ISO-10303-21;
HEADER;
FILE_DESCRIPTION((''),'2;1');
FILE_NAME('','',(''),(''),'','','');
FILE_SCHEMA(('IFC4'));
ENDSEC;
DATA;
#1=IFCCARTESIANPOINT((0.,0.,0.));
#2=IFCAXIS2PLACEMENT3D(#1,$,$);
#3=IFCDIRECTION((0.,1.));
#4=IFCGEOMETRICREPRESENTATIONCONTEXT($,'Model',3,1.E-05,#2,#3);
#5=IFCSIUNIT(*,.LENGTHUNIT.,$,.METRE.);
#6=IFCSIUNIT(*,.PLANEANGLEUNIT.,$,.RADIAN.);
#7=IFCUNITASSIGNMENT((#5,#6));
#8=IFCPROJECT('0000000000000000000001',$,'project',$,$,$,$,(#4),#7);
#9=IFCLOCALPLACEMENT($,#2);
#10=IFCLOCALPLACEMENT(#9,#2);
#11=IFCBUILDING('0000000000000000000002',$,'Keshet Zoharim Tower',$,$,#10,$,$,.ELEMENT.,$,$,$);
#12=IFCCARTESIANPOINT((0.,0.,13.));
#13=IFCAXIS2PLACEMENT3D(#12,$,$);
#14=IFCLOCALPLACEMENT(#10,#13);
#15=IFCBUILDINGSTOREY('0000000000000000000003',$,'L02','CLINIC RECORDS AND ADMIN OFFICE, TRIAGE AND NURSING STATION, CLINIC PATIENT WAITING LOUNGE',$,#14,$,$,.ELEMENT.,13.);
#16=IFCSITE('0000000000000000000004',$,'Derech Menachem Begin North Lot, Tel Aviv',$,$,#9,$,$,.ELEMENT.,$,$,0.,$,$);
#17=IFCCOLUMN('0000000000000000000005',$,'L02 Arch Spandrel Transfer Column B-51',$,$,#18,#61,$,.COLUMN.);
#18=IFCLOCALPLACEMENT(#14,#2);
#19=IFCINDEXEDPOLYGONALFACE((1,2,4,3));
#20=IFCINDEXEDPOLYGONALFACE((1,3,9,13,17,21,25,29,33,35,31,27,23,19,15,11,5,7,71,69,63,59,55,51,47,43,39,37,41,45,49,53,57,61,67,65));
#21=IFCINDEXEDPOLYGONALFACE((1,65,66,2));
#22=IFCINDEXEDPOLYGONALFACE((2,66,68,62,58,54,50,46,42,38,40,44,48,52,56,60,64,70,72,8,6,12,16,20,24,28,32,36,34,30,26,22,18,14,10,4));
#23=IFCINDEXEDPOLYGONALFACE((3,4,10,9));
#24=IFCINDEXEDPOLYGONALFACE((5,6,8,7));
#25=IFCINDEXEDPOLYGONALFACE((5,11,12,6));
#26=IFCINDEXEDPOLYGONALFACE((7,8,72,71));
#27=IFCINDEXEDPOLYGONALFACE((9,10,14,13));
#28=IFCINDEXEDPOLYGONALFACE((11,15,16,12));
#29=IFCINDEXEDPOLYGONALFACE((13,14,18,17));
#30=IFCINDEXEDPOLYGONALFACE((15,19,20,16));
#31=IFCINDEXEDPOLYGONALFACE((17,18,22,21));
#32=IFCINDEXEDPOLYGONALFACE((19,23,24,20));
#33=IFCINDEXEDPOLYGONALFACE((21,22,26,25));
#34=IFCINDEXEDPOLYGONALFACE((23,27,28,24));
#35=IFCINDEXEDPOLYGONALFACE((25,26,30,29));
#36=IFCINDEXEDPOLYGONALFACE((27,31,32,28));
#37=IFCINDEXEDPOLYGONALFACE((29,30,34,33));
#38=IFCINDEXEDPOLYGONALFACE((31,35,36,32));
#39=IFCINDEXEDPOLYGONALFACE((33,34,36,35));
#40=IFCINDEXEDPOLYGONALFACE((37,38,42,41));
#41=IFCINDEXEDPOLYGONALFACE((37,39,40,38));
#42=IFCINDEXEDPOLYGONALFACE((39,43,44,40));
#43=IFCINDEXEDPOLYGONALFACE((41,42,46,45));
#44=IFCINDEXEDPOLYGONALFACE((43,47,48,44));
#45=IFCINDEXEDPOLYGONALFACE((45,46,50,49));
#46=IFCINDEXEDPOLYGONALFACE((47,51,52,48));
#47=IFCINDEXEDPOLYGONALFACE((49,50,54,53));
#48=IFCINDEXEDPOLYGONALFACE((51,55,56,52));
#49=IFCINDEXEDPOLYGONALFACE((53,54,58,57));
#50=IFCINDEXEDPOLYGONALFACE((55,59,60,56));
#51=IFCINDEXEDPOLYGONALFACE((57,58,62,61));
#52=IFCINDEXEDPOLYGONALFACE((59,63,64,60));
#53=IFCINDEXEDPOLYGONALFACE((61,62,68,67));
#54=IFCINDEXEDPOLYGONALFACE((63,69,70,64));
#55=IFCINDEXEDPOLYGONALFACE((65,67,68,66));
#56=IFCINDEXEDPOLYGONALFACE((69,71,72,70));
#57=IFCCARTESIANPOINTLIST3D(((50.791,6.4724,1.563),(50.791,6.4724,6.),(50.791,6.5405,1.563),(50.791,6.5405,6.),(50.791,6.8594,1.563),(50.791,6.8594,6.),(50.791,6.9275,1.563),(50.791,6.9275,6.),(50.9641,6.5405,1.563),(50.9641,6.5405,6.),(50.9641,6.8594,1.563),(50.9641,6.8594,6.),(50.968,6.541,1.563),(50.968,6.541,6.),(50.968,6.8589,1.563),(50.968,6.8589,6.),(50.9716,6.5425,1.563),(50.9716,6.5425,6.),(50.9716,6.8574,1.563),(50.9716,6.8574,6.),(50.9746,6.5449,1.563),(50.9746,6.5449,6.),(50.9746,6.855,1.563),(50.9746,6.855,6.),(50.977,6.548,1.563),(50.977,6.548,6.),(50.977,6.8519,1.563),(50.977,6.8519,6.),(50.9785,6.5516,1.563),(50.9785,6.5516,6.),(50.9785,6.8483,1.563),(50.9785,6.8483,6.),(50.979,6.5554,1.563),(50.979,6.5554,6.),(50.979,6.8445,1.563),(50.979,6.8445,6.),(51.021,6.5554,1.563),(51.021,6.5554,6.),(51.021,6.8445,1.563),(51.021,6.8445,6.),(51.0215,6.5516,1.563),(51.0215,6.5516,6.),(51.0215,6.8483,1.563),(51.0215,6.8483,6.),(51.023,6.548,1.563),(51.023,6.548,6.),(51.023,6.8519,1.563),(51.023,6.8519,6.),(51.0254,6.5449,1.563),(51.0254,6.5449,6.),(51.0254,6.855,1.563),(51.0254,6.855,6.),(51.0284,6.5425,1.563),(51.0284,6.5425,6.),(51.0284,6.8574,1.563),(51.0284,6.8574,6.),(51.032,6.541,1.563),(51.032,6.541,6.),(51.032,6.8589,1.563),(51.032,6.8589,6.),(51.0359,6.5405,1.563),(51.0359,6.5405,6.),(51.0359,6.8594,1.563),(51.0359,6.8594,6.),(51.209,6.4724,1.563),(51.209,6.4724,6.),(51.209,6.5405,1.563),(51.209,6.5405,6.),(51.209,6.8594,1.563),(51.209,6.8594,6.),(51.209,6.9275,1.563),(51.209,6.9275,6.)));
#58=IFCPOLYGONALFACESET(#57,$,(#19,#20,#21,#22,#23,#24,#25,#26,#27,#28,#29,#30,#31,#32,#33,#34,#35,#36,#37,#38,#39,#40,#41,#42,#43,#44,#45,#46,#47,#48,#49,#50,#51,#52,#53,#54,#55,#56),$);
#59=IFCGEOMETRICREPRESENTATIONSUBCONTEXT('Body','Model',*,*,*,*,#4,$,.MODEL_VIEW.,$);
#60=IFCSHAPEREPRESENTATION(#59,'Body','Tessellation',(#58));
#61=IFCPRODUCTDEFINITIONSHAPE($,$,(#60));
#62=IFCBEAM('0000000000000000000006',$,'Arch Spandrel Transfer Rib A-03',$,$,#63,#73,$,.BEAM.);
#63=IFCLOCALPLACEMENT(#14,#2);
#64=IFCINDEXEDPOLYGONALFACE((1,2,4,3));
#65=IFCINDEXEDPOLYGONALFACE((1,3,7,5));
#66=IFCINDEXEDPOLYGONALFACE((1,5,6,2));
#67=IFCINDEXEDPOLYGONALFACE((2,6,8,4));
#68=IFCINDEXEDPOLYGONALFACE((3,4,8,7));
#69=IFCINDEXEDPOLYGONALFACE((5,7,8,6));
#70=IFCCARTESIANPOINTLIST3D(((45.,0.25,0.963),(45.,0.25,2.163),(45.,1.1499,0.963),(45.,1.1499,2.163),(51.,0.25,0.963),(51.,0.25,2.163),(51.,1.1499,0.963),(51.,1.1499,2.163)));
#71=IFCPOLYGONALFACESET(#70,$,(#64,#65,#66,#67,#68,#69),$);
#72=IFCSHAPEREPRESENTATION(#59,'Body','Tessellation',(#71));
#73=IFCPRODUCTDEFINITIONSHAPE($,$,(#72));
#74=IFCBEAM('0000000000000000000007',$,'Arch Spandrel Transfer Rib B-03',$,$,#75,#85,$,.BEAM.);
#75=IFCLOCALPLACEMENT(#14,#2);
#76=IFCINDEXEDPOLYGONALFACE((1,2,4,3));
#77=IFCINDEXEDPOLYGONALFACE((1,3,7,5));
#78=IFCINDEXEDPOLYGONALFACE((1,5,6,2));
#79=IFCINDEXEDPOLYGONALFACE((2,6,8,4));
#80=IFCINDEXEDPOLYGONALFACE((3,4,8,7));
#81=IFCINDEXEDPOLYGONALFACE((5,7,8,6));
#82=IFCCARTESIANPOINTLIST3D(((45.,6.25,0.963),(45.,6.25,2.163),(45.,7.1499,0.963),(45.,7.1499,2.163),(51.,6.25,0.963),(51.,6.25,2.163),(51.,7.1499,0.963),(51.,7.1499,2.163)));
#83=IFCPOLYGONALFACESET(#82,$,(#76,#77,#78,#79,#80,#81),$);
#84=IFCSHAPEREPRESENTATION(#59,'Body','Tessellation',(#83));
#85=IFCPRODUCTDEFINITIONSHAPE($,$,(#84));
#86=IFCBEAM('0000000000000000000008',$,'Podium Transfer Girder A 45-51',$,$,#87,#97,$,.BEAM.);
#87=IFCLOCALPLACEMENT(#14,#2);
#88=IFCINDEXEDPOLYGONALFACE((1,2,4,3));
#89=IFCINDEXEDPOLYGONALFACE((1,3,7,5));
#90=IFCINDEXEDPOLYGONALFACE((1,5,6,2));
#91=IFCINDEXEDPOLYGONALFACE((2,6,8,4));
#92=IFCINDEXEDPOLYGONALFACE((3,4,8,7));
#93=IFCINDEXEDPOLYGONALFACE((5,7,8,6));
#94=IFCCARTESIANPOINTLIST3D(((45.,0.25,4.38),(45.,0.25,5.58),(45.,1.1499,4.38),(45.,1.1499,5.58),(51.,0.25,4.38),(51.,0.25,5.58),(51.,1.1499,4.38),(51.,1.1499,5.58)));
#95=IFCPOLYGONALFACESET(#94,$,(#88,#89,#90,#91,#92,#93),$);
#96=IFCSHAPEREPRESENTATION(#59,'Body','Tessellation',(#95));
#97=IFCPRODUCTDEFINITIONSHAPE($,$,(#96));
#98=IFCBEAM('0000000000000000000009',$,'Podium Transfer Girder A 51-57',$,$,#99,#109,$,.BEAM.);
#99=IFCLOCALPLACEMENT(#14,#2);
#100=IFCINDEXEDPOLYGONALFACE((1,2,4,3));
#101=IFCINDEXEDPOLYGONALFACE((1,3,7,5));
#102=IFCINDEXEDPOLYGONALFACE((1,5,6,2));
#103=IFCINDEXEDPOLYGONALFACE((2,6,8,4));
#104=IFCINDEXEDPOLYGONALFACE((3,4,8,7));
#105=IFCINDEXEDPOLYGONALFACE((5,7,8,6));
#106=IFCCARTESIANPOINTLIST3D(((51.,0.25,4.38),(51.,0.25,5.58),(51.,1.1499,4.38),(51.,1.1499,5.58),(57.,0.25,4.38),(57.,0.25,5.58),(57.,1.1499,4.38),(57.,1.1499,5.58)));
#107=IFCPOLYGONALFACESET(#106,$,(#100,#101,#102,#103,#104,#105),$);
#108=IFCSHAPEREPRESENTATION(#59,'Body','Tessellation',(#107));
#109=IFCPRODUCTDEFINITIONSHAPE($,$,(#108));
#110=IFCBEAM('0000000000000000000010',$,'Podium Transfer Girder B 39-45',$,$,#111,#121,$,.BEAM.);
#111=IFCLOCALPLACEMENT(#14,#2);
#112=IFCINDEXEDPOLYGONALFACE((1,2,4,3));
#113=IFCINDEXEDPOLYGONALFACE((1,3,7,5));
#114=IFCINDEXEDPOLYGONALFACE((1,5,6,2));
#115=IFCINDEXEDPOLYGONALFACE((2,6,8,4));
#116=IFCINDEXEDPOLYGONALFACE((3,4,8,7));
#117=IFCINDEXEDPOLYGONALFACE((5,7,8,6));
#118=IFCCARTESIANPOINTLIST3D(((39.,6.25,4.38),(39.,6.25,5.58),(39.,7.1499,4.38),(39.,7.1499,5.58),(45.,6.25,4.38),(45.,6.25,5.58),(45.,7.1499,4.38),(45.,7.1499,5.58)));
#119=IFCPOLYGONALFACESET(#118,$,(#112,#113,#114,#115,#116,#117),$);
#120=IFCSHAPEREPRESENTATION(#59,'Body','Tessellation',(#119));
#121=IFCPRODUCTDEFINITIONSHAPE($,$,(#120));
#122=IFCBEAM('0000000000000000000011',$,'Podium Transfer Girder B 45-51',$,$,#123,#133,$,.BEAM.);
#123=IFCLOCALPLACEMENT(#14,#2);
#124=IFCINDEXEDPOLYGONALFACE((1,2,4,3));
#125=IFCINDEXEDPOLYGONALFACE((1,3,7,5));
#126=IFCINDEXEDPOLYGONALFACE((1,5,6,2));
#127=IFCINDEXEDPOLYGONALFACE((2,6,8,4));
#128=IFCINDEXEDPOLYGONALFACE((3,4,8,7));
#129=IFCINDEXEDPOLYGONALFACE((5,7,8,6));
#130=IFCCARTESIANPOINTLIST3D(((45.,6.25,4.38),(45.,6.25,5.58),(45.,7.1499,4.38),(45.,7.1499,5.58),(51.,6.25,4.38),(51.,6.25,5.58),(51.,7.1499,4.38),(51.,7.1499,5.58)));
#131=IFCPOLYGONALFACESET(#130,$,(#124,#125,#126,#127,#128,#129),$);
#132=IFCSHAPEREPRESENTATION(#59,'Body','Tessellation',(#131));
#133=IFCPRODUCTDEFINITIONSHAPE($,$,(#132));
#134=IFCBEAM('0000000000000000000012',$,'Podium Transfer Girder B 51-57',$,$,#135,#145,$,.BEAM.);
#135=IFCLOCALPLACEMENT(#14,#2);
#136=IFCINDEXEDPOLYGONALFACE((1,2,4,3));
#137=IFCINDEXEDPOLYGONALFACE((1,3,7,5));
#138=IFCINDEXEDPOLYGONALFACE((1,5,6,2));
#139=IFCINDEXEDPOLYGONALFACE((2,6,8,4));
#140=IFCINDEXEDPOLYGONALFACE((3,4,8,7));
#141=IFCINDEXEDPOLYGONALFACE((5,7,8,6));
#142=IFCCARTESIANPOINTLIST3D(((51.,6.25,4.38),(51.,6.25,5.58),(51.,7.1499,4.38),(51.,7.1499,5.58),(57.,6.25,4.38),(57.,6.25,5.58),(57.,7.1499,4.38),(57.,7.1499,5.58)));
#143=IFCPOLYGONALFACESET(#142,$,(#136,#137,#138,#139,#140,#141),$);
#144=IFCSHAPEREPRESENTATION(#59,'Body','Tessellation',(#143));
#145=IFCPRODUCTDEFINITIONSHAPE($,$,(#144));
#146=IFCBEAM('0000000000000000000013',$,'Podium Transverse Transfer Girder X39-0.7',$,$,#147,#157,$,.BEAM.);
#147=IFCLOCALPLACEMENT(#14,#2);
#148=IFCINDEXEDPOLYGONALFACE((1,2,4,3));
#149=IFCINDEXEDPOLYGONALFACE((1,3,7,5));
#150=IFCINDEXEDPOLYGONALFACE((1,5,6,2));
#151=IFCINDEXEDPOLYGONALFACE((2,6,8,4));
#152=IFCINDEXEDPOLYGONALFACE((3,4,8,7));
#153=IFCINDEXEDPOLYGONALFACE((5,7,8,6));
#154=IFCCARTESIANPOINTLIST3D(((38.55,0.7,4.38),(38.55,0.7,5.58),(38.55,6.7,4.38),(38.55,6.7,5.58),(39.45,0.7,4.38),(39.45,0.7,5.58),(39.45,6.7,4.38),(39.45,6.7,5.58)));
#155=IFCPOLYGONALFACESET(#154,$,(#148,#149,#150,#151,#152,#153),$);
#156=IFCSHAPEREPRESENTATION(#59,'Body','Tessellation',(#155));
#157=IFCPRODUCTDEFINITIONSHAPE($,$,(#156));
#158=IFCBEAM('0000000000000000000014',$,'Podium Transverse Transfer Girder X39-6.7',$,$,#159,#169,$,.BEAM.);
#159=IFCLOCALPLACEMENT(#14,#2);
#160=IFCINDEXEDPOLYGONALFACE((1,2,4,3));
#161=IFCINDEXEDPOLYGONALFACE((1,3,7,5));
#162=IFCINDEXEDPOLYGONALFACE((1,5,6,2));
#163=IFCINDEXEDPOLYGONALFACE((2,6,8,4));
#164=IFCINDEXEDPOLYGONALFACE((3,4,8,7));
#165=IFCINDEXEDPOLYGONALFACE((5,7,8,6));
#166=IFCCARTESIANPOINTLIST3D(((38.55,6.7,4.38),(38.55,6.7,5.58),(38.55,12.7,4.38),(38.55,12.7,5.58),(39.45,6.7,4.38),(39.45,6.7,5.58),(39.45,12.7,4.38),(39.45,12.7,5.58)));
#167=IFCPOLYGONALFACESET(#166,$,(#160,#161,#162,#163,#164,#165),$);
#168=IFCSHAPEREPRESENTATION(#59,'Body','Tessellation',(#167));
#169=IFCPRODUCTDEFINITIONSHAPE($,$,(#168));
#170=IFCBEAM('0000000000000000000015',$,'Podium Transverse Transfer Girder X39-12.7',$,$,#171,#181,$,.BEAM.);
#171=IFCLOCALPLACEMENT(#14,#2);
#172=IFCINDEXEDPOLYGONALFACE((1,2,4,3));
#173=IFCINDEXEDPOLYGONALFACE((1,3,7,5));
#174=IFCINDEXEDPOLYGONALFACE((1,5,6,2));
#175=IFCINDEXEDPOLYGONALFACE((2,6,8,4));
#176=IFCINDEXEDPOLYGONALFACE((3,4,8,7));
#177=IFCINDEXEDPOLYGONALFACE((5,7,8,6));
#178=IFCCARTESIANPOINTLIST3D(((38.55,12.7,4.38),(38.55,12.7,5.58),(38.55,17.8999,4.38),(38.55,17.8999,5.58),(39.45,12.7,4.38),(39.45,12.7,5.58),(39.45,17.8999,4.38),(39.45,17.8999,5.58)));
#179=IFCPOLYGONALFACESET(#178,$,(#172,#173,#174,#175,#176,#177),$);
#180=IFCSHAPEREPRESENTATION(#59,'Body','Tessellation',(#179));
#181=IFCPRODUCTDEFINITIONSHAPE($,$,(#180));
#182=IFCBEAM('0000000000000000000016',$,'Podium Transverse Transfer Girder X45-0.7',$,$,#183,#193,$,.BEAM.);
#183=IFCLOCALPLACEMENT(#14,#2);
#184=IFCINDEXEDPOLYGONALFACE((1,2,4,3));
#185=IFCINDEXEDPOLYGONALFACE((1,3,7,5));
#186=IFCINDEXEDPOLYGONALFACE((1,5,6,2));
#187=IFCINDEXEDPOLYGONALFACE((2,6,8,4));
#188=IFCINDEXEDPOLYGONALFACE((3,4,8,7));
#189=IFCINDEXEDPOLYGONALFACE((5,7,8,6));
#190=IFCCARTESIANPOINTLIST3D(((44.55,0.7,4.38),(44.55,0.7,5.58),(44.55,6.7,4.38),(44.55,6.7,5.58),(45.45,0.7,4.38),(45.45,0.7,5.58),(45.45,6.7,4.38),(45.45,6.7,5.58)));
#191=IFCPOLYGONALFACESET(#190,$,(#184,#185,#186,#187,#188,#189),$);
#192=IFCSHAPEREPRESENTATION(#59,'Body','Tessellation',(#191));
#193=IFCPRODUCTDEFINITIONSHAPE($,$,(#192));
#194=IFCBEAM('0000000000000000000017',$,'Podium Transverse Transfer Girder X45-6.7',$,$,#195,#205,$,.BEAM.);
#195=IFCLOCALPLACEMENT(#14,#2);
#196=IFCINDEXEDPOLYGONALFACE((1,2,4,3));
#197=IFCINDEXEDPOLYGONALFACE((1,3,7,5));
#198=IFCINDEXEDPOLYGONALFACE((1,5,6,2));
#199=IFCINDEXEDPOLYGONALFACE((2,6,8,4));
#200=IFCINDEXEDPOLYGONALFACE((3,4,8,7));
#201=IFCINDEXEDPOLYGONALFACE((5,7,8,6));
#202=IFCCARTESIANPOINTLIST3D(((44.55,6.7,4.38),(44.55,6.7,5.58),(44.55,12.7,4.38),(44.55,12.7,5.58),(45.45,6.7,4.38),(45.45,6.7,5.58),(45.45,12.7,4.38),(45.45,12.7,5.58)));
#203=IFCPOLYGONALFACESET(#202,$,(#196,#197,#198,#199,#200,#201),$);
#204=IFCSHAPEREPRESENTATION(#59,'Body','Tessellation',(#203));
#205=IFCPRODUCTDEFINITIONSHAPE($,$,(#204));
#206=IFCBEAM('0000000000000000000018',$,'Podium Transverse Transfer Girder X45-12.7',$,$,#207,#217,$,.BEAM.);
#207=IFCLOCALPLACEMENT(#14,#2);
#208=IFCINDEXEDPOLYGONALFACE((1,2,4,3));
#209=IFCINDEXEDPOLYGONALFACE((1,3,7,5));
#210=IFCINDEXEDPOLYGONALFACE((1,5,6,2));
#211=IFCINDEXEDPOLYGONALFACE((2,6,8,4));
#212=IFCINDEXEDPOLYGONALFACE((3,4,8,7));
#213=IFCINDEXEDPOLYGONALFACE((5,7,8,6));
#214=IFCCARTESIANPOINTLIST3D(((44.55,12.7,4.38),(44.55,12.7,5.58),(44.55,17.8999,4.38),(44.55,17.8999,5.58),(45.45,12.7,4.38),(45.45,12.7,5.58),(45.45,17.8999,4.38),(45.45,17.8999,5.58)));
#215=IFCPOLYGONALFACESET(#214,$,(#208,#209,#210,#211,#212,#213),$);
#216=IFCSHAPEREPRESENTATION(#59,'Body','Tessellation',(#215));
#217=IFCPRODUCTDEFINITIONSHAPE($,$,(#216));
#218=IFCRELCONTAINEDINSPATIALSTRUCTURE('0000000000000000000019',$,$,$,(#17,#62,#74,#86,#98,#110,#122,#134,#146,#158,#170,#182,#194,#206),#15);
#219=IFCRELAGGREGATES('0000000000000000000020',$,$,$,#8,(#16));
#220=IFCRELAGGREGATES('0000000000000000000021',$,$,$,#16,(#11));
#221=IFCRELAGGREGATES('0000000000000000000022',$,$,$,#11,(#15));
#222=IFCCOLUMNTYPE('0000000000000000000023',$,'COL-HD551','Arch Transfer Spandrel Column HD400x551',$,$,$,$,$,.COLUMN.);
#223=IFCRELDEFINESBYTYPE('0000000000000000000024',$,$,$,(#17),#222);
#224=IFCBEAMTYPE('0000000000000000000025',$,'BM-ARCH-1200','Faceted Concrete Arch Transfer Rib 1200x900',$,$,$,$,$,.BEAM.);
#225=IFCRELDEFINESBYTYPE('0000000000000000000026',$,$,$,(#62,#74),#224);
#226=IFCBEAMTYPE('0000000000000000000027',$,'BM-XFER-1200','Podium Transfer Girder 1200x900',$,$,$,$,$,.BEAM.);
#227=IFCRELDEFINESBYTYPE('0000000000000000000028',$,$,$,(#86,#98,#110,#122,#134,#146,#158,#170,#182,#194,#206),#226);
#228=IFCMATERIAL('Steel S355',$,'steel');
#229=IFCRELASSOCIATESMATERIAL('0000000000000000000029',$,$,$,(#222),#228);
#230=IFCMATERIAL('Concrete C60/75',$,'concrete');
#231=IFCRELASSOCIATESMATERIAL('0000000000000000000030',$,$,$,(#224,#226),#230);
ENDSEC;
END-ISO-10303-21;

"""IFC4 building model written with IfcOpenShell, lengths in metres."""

from ifc_helpers import new_model, si_unit, direction, frame, origin, origin_2d, place, context, subcontext, project, spatial, rectangle, i_section, extrude, material, material_profile, profile_set, type_object, element, save


model = new_model("IFC4")

# Units and contexts
model_context = context("Model", 3, precision=1e-05, world=origin(), true_north=direction((0.0, 1.0)))
body_context = subcontext(model_context, "Body", "Model", "MODEL_VIEW")
ifc_project = project(units=[si_unit("LENGTHUNIT", "METRE"), si_unit("PLANEANGLEUNIT", "RADIAN")], contexts=[model_context])

# Site, building, storey
site_placement = place(None, origin())
site = spatial("IfcSite", under=ifc_project, at=site_placement, Name="Derech Menachem Begin North Lot, Tel Aviv", CompositionType="ELEMENT", RefElevation=0.0)
building_placement = place(site_placement, origin())
building = spatial("IfcBuilding", under=site, at=building_placement, Name="Keshet Zoharim Tower", CompositionType="ELEMENT")
storey_placement = place(building_placement, frame((0.0, 0.0, 13.0)))
storey = spatial("IfcBuildingStorey", under=building, at=storey_placement, Name="L02", Description="CLINIC RECORDS AND ADMIN OFFICE, TRIAGE AND NURSING STATION, CLINIC PATIENT WAITING LOUNGE", CompositionType="ELEMENT", Elevation=13.0)

# Column
ifc_material_1 = material(Name="Steel S355", Category="steel")
ifc_material_profile_1 = material_profile(ifc_material_1, i_section(OverallWidth=0.418, OverallDepth=0.4551, WebThickness=0.042, FlangeThickness=0.0681, FilletRadius=0.0149, at=origin_2d()), Name="HD400x551")
ifc_profile_set_1 = profile_set([ifc_material_profile_1], Name="Steel S355")
column_type = type_object("IfcColumnType", Name="COL-HD551", Description="Arch Transfer Spandrel Column HD400x551", PredefinedType="COLUMN", material=ifc_profile_set_1)
for number, where, z_axis, x_axis, name in (
    (1, (51.0, 6.7, 1.563), (0.0, 0.0, 1.0), (1.0, 0.0, 0.0), "L02 Arch Spandrel Transfer Column B-51"),
):
    element("IfcColumn", number, at=place(storey_placement, frame(where, z_axis=z_axis, x_axis=x_axis)), inside=storey, type_object=column_type, Name=name, PredefinedType="COLUMN", context=body_context, shape_type="SweptSolid", body=[
        extrude(i_section(OverallWidth=0.418, OverallDepth=0.4551, WebThickness=0.042, FlangeThickness=0.0681, FilletRadius=0.0149, at=origin_2d()), origin(), (0.0, 0.0, 1.0), 4.437),
    ])

# Beams
ifc_material_2 = material(Name="Concrete C60/75", Category="concrete")
ifc_material_profile_2 = material_profile(ifc_material_2, rectangle(XDim=0.8999, YDim=1.2, at=origin_2d()), Name="RC1200x900")
ifc_profile_set_2 = profile_set([ifc_material_profile_2], Name="Concrete C60/75")
beam_type_1 = type_object("IfcBeamType", Name="BM-ARCH-1200", Description="Faceted Concrete Arch Transfer Rib 1200x900", PredefinedType="BEAM", material=ifc_profile_set_2)
for number, where, z_axis, x_axis, name in (
    (2, (45.0, 0.7, 1.563), (1.0, 0.0, 0.0), (0.0, 1.0, 0.0), "Arch Spandrel Transfer Rib A-03"),
    (3, (45.0, 6.7, 1.563), (1.0, 0.0, 0.0), (0.0, 1.0, 0.0), "Arch Spandrel Transfer Rib B-03"),
):
    element("IfcBeam", number, at=place(storey_placement, frame(where, z_axis=z_axis, x_axis=x_axis)), inside=storey, type_object=beam_type_1, Name=name, PredefinedType="BEAM", context=body_context, shape_type="SweptSolid", body=[
        extrude(rectangle(XDim=0.8999, YDim=1.2, at=origin_2d()), origin(), (0.0, 0.0, 1.0), 6.0),
    ])
ifc_material_profile_3 = material_profile(ifc_material_2, rectangle(XDim=0.8999, YDim=1.2, at=origin_2d()), Name="RC1200x900")
ifc_profile_set_3 = profile_set([ifc_material_profile_3], Name="Concrete C60/75")
beam_type_2 = type_object("IfcBeamType", Name="BM-XFER-1200", Description="Podium Transfer Girder 1200x900", PredefinedType="BEAM", material=ifc_profile_set_3)
for number, where, z_axis, x_axis, name in (
    (4, (45.0, 0.7, 4.98), (1.0, 0.0, 0.0), (0.0, 1.0, 0.0), "Podium Transfer Girder A 45-51"),
    (5, (51.0, 0.7, 4.98), (1.0, 0.0, 0.0), (0.0, 1.0, 0.0), "Podium Transfer Girder A 51-57"),
    (6, (39.0, 6.7, 4.98), (1.0, 0.0, 0.0), (0.0, 1.0, 0.0), "Podium Transfer Girder B 39-45"),
    (7, (45.0, 6.7, 4.98), (1.0, 0.0, 0.0), (0.0, 1.0, 0.0), "Podium Transfer Girder B 45-51"),
    (8, (51.0, 6.7, 4.98), (1.0, 0.0, 0.0), (0.0, 1.0, 0.0), "Podium Transfer Girder B 51-57"),
    (9, (39.0, 0.7, 4.98), (0.0, 1.0, 0.0), (-1.0, 0.0, 0.0), "Podium Transverse Transfer Girder X39-0.7"),
    (10, (39.0, 6.7, 4.98), (0.0, 1.0, 0.0), (-1.0, 0.0, 0.0), "Podium Transverse Transfer Girder X39-6.7"),
):
    element("IfcBeam", number, at=place(storey_placement, frame(where, z_axis=z_axis, x_axis=x_axis)), inside=storey, type_object=beam_type_2, Name=name, PredefinedType="BEAM", context=body_context, shape_type="SweptSolid", body=[
        extrude(rectangle(XDim=0.8999, YDim=1.2, at=origin_2d()), origin(), (0.0, 0.0, 1.0), 6.0),
    ])
beam_1_placement = place(storey_placement, frame((39.0, 12.7, 4.98), z_axis=(0.0, 1.0, 0.0), x_axis=(-1.0, 0.0, 0.0)))
element("IfcBeam", 11, at=beam_1_placement, inside=storey, type_object=beam_type_2, Name="Podium Transverse Transfer Girder X39-12.7", PredefinedType="BEAM", context=body_context, shape_type="SweptSolid", body=[
    extrude(rectangle(XDim=0.8999, YDim=1.2, at=origin_2d()), origin(), (0.0, 0.0, 1.0), 5.2),
])
for number, where, z_axis, x_axis, name in (
    (12, (45.0, 0.7, 4.98), (0.0, 1.0, 0.0), (-1.0, 0.0, 0.0), "Podium Transverse Transfer Girder X45-0.7"),
    (13, (45.0, 6.7, 4.98), (0.0, 1.0, 0.0), (-1.0, 0.0, 0.0), "Podium Transverse Transfer Girder X45-6.7"),
):
    element("IfcBeam", number, at=place(storey_placement, frame(where, z_axis=z_axis, x_axis=x_axis)), inside=storey, type_object=beam_type_2, Name=name, PredefinedType="BEAM", context=body_context, shape_type="SweptSolid", body=[
        extrude(rectangle(XDim=0.8999, YDim=1.2, at=origin_2d()), origin(), (0.0, 0.0, 1.0), 6.0),
    ])
beam_2_placement = place(storey_placement, frame((45.0, 12.7, 4.98), z_axis=(0.0, 1.0, 0.0), x_axis=(-1.0, 0.0, 0.0)))
element("IfcBeam", 14, at=beam_2_placement, inside=storey, type_object=beam_type_2, Name="Podium Transverse Transfer Girder X45-12.7", PredefinedType="BEAM", context=body_context, shape_type="SweptSolid", body=[
    extrude(rectangle(XDim=0.8999, YDim=1.2, at=origin_2d()), origin(), (0.0, 0.0, 1.0), 5.2),
])

save(model, "model.ifc")
